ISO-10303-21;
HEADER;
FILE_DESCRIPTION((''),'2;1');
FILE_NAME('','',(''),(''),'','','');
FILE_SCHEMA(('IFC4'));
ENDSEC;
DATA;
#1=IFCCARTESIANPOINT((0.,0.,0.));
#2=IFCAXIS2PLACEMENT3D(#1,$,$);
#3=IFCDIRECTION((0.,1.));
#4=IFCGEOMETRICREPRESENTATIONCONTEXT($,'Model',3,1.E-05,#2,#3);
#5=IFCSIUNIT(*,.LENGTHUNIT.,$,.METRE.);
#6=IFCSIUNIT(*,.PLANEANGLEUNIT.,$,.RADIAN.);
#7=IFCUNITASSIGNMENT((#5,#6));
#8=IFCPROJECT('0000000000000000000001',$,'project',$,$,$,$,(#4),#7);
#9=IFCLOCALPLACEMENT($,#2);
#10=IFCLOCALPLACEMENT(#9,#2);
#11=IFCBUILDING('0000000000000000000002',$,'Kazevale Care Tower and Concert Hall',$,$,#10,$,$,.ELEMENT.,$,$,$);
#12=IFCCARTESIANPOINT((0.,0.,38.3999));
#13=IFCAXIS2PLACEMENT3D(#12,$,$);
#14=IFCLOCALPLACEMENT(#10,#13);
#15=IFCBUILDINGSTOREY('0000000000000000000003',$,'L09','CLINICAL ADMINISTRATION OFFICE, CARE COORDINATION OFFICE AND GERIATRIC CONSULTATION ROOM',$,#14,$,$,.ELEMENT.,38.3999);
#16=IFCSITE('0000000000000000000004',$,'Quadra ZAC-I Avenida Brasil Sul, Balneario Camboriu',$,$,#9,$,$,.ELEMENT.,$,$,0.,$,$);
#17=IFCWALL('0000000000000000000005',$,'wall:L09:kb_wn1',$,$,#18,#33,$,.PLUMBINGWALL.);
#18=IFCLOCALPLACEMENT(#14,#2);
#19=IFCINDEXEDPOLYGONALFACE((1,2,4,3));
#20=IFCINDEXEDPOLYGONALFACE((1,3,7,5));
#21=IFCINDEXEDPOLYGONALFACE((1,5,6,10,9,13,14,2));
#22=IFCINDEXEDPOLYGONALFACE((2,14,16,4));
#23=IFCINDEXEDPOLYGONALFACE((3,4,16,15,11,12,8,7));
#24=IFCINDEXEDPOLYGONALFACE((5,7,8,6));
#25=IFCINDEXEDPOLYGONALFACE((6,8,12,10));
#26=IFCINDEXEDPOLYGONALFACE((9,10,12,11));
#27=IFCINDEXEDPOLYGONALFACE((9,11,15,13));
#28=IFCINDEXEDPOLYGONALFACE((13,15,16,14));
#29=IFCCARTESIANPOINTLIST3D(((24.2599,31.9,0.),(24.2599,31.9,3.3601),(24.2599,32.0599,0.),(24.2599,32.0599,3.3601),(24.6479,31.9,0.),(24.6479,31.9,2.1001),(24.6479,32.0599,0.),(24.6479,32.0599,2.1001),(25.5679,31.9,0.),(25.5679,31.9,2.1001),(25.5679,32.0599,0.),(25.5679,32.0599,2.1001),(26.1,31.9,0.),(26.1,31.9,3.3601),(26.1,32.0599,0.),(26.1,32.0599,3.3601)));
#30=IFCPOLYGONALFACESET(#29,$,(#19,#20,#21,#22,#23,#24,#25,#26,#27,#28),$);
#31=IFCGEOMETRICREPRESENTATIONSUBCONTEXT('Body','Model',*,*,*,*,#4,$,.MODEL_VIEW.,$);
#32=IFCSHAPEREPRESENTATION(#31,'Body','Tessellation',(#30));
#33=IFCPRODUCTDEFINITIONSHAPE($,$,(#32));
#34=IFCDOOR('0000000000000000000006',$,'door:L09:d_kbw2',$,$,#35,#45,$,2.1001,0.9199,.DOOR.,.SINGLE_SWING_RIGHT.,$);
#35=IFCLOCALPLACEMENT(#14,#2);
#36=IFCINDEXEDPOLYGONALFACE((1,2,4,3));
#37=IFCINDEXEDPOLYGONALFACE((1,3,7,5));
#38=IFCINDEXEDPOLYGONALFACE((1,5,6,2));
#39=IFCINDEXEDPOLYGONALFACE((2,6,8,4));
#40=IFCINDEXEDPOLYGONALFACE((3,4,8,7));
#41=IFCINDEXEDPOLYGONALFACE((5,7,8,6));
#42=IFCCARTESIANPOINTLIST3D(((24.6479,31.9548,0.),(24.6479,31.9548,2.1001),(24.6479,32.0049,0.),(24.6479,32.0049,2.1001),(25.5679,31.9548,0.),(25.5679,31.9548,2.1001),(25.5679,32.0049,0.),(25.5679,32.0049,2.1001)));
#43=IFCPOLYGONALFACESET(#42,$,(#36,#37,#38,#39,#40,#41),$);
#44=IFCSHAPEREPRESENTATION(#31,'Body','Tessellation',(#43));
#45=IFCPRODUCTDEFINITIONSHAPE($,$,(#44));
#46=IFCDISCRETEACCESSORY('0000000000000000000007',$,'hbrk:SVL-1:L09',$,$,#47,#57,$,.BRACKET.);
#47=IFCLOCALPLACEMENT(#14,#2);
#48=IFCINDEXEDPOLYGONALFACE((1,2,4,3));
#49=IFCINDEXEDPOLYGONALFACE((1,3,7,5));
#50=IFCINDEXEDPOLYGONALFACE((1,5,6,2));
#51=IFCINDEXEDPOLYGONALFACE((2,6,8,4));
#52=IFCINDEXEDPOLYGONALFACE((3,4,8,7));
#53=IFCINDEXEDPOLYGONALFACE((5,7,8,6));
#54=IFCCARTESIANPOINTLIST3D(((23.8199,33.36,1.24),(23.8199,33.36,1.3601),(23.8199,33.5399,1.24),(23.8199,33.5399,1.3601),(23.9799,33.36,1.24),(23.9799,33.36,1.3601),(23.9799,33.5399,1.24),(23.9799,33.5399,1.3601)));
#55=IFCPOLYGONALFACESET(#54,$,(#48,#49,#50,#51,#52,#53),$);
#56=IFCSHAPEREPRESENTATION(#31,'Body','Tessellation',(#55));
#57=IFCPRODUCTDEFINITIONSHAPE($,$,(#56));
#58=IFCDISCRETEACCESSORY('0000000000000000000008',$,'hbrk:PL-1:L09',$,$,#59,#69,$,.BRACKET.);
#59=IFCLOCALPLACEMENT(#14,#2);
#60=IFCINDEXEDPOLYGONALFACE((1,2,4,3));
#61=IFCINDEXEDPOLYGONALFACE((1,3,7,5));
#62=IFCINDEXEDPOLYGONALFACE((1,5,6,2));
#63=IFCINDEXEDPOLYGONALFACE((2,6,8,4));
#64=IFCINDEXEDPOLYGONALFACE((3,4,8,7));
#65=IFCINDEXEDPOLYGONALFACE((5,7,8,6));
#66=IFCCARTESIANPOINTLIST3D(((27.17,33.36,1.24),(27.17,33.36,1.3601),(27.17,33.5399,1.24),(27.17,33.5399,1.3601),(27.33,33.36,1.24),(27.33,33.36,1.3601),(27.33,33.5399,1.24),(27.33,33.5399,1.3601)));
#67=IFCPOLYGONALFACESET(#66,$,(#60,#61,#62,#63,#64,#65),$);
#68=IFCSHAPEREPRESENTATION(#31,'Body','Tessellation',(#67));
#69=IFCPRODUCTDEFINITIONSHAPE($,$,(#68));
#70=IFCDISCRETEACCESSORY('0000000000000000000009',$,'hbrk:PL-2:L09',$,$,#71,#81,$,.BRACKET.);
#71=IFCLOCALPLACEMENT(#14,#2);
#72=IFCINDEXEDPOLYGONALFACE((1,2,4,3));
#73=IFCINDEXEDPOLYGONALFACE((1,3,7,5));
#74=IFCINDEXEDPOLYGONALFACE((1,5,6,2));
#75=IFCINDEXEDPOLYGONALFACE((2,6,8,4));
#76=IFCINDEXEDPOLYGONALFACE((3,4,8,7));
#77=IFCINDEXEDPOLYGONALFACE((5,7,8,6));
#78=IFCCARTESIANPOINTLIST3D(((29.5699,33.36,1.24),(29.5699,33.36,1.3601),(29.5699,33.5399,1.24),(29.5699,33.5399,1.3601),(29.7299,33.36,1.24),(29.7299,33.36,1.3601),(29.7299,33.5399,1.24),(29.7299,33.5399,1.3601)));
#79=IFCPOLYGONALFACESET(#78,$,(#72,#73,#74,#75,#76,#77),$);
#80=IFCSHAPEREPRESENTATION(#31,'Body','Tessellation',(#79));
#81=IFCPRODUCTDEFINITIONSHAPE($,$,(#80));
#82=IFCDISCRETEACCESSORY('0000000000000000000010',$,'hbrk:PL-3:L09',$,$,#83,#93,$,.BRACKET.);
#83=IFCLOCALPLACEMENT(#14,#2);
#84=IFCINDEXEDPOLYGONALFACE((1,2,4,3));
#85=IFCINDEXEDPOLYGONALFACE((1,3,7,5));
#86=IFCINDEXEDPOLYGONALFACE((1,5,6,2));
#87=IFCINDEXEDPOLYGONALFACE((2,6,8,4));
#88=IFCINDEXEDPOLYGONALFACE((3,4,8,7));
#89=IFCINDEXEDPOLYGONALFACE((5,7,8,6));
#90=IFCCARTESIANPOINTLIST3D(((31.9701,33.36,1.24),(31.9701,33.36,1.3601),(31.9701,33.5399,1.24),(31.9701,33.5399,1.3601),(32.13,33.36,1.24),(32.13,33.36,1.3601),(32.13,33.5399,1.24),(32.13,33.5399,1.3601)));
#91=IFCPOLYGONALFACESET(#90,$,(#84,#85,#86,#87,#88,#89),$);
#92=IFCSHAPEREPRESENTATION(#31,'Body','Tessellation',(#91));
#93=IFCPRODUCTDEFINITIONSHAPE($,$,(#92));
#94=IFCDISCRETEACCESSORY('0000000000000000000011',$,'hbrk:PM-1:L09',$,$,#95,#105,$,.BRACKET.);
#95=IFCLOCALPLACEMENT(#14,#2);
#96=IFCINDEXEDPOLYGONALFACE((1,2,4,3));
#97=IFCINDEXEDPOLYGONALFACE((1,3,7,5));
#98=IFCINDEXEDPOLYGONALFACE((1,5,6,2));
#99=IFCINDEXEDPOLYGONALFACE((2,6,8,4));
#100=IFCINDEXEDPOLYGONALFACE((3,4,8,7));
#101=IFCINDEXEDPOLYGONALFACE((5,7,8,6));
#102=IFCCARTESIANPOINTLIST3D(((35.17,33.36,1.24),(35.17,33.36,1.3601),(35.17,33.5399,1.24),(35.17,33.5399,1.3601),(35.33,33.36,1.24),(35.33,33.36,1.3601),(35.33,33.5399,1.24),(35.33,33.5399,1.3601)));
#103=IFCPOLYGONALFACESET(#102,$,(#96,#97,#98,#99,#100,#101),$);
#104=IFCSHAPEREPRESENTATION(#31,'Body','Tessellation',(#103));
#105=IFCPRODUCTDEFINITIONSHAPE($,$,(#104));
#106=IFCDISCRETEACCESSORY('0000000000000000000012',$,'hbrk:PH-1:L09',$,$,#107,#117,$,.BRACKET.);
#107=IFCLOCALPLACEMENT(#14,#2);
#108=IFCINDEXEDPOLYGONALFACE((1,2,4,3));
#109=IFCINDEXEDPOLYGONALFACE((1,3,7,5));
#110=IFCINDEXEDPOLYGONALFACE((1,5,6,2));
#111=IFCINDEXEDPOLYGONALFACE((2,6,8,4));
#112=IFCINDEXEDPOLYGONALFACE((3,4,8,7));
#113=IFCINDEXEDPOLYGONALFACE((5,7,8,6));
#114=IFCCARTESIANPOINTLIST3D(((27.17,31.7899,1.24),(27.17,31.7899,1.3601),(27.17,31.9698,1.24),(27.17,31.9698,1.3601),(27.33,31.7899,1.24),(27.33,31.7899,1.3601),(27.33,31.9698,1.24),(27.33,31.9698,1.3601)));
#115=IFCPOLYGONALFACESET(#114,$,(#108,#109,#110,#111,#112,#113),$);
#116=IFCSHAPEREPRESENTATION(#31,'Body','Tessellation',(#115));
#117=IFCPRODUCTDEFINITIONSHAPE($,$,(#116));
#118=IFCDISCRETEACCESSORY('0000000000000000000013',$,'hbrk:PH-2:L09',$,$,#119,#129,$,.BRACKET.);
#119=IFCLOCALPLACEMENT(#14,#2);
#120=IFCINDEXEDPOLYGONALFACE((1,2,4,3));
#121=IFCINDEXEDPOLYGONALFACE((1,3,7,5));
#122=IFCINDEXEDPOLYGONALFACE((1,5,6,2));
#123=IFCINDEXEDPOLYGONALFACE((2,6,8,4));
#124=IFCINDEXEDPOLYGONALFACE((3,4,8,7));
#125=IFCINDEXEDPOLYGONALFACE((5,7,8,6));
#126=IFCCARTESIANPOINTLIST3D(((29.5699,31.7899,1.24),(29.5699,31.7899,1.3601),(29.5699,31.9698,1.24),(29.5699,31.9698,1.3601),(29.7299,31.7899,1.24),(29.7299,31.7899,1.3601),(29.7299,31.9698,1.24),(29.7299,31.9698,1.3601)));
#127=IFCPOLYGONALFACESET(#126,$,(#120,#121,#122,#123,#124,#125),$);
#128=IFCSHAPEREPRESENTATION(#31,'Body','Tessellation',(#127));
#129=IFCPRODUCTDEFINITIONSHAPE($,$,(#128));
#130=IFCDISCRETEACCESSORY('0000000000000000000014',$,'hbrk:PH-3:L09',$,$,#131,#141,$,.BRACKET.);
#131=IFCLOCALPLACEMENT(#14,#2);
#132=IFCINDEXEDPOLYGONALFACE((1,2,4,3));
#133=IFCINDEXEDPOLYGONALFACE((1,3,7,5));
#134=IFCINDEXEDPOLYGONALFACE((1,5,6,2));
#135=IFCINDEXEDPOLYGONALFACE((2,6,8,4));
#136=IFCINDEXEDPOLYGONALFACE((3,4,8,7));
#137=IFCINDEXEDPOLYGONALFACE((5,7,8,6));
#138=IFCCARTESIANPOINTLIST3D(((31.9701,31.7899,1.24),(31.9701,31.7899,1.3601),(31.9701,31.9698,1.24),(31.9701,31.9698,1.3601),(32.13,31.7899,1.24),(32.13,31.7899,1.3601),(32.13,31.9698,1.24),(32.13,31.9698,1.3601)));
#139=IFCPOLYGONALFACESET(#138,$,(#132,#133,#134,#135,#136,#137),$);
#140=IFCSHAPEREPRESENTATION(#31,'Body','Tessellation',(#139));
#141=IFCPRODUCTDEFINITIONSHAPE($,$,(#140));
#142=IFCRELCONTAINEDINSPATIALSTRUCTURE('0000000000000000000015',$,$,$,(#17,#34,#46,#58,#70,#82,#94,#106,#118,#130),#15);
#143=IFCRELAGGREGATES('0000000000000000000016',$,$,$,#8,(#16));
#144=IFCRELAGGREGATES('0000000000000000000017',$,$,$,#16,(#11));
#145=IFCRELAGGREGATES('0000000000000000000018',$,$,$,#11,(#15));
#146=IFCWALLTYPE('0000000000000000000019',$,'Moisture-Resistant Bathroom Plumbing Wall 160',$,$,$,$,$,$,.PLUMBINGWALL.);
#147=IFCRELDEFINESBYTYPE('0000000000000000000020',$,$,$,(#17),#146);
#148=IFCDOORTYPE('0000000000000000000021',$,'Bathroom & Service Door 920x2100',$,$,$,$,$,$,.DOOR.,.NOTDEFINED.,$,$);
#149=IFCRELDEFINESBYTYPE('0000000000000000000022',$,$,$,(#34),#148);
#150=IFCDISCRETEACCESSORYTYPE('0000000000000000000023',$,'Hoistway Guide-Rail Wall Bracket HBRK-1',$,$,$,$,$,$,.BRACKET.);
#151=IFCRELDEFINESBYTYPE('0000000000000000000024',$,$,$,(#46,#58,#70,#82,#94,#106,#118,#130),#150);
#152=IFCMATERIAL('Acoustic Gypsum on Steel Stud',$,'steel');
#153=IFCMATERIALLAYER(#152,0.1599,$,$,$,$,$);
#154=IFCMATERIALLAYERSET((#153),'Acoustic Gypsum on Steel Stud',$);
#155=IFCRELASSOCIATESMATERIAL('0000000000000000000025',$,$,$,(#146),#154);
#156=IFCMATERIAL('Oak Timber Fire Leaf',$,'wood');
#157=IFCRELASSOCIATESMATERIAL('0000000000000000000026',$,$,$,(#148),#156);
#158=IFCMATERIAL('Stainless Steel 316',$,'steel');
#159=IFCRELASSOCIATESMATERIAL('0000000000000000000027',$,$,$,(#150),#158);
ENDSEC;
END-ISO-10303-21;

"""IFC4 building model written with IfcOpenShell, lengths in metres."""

from ifc_helpers import new_model, si_unit, direction, frame, frame_2d, origin, origin_2d, place, context, subcontext, project, spatial, rectangle, extrude, material, layer, layer_set, type_object, element, fill, save


model = new_model("IFC4")

# Units and contexts
model_context = context("Model", 3, precision=1e-05, world=origin(), true_north=direction((0.0, 1.0)))
body_context = subcontext(model_context, "Body", "Model", "MODEL_VIEW")
ifc_project = project(units=[si_unit("LENGTHUNIT", "METRE"), si_unit("PLANEANGLEUNIT", "RADIAN")], contexts=[model_context])

# Site, building, storey
site_placement = place(None, origin())
site = spatial("IfcSite", under=ifc_project, at=site_placement, Name="Quadra ZAC-I Avenida Brasil Sul, Balneario Camboriu", CompositionType="ELEMENT", RefElevation=0.0)
building_placement = place(site_placement, origin())
building = spatial("IfcBuilding", under=site, at=building_placement, Name="Kazevale Care Tower and Concert Hall", CompositionType="ELEMENT")
storey_placement = place(building_placement, frame((0.0, 0.0, 38.3999)))
storey = spatial("IfcBuildingStorey", under=building, at=storey_placement, Name="L09", Description="CLINICAL ADMINISTRATION OFFICE, CARE COORDINATION OFFICE AND GERIATRIC CONSULTATION ROOM", CompositionType="ELEMENT", Elevation=38.3999)

# Shared definitions
ifc_material_1 = material(Name="Stainless Steel 316", Category="steel")

# Shared definitions
ifc_material_2 = material(Name="Acoustic Gypsum on Steel Stud", Category="steel")
ifc_layer_1 = layer(ifc_material_2, 0.1599)
ifc_layer_set_1 = layer_set([ifc_layer_1], Name="Acoustic Gypsum on Steel Stud")
wall_type_1 = type_object("IfcWallType", Name="Moisture-Resistant Bathroom Plumbing Wall 160", PredefinedType="PLUMBINGWALL", material=ifc_layer_set_1)

# Wall, opening, door
wall_1_placement = place(storey_placement, frame((24.26, 31.98, 0.0), z_axis=(0.0, 0.0, 1.0), x_axis=(1.0, 0.0, 0.0)))
wall_1 = element("IfcWall", 1, at=wall_1_placement, inside=storey, type_object=wall_type_1, Name="wall:L09:kb_wn1", PredefinedType="PLUMBINGWALL", context=body_context, shape_type="SweptSolid", body=[
    extrude(rectangle(XDim=1.8401, YDim=0.1599, at=frame_2d((0.9199, 0.0))), origin(), (0.0, 0.0, 1.0), 3.3601),
])
opening_1_placement = place(wall_1_placement, frame((0.3879, 0.0, 0.0)))
opening_1 = element("IfcOpeningElement", 2, at=opening_1_placement, cuts=wall_1, PredefinedType="OPENING", context=body_context, shape_type="SweptSolid", body=[
    extrude(rectangle(XDim=0.9199, YDim=2.1001, at=frame_2d((0.46, 1.05))), frame((0.0, 0.0898, 0.0), z_axis=(0.0, -1.0, 0.0), x_axis=(1.0, 0.0, 0.0)), (0.0, 0.0, 1.0), 0.1799),
])
ifc_material_3 = material(Name="Oak Timber Fire Leaf", Category="wood")
door_type_1 = type_object("IfcDoorType", Name="Bathroom & Service Door 920x2100", OperationType="NOTDEFINED", PredefinedType="DOOR", material=ifc_material_3)
door_1_placement = place(opening_1_placement, origin())
door_1 = element("IfcDoor", 3, at=door_1_placement, inside=storey, type_object=door_type_1, Name="door:L09:d_kbw2", OperationType="SINGLE_SWING_RIGHT", OverallHeight=2.1001, OverallWidth=0.9199, PredefinedType="DOOR", context=body_context, shape_type="SweptSolid", body=[
    extrude(rectangle(XDim=0.9199, YDim=2.1001, at=frame_2d((0.46, 1.05))), frame((0.0, 0.0249, 0.0), z_axis=(0.0, -1.0, 0.0), x_axis=(1.0, 0.0, 0.0)), (0.0, 0.0, 1.0), 0.05),
])
fill(opening_1, door_1)

# Discrete accessories
discrete_accessory_type = type_object("IfcDiscreteAccessoryType", Name="Hoistway Guide-Rail Wall Bracket HBRK-1", PredefinedType="BRACKET", material=ifc_material_1)
for number, where, z_axis, x_axis, name in (
    (4, (23.8999, 33.45, 1.24), (0.0, 0.0, 1.0), (1.0, 0.0, 0.0), "hbrk:SVL-1:L09"),
    (5, (27.25, 33.45, 1.24), (0.0, 0.0, 1.0), (1.0, 0.0, 0.0), "hbrk:PL-1:L09"),
    (6, (29.6499, 33.45, 1.24), (0.0, 0.0, 1.0), (1.0, 0.0, 0.0), "hbrk:PL-2:L09"),
    (7, (32.05, 33.45, 1.24), (0.0, 0.0, 1.0), (1.0, 0.0, 0.0), "hbrk:PL-3:L09"),
    (8, (35.25, 33.45, 1.24), (0.0, 0.0, 1.0), (1.0, 0.0, 0.0), "hbrk:PM-1:L09"),
    (9, (27.25, 31.8799, 1.24), (0.0, 0.0, 1.0), (1.0, 0.0, 0.0), "hbrk:PH-1:L09"),
    (10, (29.6499, 31.8799, 1.24), (0.0, 0.0, 1.0), (1.0, 0.0, 0.0), "hbrk:PH-2:L09"),
    (11, (32.05, 31.8799, 1.24), (0.0, 0.0, 1.0), (1.0, 0.0, 0.0), "hbrk:PH-3:L09"),
):
    element("IfcDiscreteAccessory", number, at=place(storey_placement, frame(where, z_axis=z_axis, x_axis=x_axis)), inside=storey, type_object=discrete_accessory_type, Name=name, PredefinedType="BRACKET", context=body_context, shape_type="SweptSolid", body=[
        extrude(rectangle(XDim=0.1599, YDim=0.1799, at=origin_2d()), origin(), (0.0, 0.0, 1.0), 0.1201),
    ])

save(model, "model.ifc")
